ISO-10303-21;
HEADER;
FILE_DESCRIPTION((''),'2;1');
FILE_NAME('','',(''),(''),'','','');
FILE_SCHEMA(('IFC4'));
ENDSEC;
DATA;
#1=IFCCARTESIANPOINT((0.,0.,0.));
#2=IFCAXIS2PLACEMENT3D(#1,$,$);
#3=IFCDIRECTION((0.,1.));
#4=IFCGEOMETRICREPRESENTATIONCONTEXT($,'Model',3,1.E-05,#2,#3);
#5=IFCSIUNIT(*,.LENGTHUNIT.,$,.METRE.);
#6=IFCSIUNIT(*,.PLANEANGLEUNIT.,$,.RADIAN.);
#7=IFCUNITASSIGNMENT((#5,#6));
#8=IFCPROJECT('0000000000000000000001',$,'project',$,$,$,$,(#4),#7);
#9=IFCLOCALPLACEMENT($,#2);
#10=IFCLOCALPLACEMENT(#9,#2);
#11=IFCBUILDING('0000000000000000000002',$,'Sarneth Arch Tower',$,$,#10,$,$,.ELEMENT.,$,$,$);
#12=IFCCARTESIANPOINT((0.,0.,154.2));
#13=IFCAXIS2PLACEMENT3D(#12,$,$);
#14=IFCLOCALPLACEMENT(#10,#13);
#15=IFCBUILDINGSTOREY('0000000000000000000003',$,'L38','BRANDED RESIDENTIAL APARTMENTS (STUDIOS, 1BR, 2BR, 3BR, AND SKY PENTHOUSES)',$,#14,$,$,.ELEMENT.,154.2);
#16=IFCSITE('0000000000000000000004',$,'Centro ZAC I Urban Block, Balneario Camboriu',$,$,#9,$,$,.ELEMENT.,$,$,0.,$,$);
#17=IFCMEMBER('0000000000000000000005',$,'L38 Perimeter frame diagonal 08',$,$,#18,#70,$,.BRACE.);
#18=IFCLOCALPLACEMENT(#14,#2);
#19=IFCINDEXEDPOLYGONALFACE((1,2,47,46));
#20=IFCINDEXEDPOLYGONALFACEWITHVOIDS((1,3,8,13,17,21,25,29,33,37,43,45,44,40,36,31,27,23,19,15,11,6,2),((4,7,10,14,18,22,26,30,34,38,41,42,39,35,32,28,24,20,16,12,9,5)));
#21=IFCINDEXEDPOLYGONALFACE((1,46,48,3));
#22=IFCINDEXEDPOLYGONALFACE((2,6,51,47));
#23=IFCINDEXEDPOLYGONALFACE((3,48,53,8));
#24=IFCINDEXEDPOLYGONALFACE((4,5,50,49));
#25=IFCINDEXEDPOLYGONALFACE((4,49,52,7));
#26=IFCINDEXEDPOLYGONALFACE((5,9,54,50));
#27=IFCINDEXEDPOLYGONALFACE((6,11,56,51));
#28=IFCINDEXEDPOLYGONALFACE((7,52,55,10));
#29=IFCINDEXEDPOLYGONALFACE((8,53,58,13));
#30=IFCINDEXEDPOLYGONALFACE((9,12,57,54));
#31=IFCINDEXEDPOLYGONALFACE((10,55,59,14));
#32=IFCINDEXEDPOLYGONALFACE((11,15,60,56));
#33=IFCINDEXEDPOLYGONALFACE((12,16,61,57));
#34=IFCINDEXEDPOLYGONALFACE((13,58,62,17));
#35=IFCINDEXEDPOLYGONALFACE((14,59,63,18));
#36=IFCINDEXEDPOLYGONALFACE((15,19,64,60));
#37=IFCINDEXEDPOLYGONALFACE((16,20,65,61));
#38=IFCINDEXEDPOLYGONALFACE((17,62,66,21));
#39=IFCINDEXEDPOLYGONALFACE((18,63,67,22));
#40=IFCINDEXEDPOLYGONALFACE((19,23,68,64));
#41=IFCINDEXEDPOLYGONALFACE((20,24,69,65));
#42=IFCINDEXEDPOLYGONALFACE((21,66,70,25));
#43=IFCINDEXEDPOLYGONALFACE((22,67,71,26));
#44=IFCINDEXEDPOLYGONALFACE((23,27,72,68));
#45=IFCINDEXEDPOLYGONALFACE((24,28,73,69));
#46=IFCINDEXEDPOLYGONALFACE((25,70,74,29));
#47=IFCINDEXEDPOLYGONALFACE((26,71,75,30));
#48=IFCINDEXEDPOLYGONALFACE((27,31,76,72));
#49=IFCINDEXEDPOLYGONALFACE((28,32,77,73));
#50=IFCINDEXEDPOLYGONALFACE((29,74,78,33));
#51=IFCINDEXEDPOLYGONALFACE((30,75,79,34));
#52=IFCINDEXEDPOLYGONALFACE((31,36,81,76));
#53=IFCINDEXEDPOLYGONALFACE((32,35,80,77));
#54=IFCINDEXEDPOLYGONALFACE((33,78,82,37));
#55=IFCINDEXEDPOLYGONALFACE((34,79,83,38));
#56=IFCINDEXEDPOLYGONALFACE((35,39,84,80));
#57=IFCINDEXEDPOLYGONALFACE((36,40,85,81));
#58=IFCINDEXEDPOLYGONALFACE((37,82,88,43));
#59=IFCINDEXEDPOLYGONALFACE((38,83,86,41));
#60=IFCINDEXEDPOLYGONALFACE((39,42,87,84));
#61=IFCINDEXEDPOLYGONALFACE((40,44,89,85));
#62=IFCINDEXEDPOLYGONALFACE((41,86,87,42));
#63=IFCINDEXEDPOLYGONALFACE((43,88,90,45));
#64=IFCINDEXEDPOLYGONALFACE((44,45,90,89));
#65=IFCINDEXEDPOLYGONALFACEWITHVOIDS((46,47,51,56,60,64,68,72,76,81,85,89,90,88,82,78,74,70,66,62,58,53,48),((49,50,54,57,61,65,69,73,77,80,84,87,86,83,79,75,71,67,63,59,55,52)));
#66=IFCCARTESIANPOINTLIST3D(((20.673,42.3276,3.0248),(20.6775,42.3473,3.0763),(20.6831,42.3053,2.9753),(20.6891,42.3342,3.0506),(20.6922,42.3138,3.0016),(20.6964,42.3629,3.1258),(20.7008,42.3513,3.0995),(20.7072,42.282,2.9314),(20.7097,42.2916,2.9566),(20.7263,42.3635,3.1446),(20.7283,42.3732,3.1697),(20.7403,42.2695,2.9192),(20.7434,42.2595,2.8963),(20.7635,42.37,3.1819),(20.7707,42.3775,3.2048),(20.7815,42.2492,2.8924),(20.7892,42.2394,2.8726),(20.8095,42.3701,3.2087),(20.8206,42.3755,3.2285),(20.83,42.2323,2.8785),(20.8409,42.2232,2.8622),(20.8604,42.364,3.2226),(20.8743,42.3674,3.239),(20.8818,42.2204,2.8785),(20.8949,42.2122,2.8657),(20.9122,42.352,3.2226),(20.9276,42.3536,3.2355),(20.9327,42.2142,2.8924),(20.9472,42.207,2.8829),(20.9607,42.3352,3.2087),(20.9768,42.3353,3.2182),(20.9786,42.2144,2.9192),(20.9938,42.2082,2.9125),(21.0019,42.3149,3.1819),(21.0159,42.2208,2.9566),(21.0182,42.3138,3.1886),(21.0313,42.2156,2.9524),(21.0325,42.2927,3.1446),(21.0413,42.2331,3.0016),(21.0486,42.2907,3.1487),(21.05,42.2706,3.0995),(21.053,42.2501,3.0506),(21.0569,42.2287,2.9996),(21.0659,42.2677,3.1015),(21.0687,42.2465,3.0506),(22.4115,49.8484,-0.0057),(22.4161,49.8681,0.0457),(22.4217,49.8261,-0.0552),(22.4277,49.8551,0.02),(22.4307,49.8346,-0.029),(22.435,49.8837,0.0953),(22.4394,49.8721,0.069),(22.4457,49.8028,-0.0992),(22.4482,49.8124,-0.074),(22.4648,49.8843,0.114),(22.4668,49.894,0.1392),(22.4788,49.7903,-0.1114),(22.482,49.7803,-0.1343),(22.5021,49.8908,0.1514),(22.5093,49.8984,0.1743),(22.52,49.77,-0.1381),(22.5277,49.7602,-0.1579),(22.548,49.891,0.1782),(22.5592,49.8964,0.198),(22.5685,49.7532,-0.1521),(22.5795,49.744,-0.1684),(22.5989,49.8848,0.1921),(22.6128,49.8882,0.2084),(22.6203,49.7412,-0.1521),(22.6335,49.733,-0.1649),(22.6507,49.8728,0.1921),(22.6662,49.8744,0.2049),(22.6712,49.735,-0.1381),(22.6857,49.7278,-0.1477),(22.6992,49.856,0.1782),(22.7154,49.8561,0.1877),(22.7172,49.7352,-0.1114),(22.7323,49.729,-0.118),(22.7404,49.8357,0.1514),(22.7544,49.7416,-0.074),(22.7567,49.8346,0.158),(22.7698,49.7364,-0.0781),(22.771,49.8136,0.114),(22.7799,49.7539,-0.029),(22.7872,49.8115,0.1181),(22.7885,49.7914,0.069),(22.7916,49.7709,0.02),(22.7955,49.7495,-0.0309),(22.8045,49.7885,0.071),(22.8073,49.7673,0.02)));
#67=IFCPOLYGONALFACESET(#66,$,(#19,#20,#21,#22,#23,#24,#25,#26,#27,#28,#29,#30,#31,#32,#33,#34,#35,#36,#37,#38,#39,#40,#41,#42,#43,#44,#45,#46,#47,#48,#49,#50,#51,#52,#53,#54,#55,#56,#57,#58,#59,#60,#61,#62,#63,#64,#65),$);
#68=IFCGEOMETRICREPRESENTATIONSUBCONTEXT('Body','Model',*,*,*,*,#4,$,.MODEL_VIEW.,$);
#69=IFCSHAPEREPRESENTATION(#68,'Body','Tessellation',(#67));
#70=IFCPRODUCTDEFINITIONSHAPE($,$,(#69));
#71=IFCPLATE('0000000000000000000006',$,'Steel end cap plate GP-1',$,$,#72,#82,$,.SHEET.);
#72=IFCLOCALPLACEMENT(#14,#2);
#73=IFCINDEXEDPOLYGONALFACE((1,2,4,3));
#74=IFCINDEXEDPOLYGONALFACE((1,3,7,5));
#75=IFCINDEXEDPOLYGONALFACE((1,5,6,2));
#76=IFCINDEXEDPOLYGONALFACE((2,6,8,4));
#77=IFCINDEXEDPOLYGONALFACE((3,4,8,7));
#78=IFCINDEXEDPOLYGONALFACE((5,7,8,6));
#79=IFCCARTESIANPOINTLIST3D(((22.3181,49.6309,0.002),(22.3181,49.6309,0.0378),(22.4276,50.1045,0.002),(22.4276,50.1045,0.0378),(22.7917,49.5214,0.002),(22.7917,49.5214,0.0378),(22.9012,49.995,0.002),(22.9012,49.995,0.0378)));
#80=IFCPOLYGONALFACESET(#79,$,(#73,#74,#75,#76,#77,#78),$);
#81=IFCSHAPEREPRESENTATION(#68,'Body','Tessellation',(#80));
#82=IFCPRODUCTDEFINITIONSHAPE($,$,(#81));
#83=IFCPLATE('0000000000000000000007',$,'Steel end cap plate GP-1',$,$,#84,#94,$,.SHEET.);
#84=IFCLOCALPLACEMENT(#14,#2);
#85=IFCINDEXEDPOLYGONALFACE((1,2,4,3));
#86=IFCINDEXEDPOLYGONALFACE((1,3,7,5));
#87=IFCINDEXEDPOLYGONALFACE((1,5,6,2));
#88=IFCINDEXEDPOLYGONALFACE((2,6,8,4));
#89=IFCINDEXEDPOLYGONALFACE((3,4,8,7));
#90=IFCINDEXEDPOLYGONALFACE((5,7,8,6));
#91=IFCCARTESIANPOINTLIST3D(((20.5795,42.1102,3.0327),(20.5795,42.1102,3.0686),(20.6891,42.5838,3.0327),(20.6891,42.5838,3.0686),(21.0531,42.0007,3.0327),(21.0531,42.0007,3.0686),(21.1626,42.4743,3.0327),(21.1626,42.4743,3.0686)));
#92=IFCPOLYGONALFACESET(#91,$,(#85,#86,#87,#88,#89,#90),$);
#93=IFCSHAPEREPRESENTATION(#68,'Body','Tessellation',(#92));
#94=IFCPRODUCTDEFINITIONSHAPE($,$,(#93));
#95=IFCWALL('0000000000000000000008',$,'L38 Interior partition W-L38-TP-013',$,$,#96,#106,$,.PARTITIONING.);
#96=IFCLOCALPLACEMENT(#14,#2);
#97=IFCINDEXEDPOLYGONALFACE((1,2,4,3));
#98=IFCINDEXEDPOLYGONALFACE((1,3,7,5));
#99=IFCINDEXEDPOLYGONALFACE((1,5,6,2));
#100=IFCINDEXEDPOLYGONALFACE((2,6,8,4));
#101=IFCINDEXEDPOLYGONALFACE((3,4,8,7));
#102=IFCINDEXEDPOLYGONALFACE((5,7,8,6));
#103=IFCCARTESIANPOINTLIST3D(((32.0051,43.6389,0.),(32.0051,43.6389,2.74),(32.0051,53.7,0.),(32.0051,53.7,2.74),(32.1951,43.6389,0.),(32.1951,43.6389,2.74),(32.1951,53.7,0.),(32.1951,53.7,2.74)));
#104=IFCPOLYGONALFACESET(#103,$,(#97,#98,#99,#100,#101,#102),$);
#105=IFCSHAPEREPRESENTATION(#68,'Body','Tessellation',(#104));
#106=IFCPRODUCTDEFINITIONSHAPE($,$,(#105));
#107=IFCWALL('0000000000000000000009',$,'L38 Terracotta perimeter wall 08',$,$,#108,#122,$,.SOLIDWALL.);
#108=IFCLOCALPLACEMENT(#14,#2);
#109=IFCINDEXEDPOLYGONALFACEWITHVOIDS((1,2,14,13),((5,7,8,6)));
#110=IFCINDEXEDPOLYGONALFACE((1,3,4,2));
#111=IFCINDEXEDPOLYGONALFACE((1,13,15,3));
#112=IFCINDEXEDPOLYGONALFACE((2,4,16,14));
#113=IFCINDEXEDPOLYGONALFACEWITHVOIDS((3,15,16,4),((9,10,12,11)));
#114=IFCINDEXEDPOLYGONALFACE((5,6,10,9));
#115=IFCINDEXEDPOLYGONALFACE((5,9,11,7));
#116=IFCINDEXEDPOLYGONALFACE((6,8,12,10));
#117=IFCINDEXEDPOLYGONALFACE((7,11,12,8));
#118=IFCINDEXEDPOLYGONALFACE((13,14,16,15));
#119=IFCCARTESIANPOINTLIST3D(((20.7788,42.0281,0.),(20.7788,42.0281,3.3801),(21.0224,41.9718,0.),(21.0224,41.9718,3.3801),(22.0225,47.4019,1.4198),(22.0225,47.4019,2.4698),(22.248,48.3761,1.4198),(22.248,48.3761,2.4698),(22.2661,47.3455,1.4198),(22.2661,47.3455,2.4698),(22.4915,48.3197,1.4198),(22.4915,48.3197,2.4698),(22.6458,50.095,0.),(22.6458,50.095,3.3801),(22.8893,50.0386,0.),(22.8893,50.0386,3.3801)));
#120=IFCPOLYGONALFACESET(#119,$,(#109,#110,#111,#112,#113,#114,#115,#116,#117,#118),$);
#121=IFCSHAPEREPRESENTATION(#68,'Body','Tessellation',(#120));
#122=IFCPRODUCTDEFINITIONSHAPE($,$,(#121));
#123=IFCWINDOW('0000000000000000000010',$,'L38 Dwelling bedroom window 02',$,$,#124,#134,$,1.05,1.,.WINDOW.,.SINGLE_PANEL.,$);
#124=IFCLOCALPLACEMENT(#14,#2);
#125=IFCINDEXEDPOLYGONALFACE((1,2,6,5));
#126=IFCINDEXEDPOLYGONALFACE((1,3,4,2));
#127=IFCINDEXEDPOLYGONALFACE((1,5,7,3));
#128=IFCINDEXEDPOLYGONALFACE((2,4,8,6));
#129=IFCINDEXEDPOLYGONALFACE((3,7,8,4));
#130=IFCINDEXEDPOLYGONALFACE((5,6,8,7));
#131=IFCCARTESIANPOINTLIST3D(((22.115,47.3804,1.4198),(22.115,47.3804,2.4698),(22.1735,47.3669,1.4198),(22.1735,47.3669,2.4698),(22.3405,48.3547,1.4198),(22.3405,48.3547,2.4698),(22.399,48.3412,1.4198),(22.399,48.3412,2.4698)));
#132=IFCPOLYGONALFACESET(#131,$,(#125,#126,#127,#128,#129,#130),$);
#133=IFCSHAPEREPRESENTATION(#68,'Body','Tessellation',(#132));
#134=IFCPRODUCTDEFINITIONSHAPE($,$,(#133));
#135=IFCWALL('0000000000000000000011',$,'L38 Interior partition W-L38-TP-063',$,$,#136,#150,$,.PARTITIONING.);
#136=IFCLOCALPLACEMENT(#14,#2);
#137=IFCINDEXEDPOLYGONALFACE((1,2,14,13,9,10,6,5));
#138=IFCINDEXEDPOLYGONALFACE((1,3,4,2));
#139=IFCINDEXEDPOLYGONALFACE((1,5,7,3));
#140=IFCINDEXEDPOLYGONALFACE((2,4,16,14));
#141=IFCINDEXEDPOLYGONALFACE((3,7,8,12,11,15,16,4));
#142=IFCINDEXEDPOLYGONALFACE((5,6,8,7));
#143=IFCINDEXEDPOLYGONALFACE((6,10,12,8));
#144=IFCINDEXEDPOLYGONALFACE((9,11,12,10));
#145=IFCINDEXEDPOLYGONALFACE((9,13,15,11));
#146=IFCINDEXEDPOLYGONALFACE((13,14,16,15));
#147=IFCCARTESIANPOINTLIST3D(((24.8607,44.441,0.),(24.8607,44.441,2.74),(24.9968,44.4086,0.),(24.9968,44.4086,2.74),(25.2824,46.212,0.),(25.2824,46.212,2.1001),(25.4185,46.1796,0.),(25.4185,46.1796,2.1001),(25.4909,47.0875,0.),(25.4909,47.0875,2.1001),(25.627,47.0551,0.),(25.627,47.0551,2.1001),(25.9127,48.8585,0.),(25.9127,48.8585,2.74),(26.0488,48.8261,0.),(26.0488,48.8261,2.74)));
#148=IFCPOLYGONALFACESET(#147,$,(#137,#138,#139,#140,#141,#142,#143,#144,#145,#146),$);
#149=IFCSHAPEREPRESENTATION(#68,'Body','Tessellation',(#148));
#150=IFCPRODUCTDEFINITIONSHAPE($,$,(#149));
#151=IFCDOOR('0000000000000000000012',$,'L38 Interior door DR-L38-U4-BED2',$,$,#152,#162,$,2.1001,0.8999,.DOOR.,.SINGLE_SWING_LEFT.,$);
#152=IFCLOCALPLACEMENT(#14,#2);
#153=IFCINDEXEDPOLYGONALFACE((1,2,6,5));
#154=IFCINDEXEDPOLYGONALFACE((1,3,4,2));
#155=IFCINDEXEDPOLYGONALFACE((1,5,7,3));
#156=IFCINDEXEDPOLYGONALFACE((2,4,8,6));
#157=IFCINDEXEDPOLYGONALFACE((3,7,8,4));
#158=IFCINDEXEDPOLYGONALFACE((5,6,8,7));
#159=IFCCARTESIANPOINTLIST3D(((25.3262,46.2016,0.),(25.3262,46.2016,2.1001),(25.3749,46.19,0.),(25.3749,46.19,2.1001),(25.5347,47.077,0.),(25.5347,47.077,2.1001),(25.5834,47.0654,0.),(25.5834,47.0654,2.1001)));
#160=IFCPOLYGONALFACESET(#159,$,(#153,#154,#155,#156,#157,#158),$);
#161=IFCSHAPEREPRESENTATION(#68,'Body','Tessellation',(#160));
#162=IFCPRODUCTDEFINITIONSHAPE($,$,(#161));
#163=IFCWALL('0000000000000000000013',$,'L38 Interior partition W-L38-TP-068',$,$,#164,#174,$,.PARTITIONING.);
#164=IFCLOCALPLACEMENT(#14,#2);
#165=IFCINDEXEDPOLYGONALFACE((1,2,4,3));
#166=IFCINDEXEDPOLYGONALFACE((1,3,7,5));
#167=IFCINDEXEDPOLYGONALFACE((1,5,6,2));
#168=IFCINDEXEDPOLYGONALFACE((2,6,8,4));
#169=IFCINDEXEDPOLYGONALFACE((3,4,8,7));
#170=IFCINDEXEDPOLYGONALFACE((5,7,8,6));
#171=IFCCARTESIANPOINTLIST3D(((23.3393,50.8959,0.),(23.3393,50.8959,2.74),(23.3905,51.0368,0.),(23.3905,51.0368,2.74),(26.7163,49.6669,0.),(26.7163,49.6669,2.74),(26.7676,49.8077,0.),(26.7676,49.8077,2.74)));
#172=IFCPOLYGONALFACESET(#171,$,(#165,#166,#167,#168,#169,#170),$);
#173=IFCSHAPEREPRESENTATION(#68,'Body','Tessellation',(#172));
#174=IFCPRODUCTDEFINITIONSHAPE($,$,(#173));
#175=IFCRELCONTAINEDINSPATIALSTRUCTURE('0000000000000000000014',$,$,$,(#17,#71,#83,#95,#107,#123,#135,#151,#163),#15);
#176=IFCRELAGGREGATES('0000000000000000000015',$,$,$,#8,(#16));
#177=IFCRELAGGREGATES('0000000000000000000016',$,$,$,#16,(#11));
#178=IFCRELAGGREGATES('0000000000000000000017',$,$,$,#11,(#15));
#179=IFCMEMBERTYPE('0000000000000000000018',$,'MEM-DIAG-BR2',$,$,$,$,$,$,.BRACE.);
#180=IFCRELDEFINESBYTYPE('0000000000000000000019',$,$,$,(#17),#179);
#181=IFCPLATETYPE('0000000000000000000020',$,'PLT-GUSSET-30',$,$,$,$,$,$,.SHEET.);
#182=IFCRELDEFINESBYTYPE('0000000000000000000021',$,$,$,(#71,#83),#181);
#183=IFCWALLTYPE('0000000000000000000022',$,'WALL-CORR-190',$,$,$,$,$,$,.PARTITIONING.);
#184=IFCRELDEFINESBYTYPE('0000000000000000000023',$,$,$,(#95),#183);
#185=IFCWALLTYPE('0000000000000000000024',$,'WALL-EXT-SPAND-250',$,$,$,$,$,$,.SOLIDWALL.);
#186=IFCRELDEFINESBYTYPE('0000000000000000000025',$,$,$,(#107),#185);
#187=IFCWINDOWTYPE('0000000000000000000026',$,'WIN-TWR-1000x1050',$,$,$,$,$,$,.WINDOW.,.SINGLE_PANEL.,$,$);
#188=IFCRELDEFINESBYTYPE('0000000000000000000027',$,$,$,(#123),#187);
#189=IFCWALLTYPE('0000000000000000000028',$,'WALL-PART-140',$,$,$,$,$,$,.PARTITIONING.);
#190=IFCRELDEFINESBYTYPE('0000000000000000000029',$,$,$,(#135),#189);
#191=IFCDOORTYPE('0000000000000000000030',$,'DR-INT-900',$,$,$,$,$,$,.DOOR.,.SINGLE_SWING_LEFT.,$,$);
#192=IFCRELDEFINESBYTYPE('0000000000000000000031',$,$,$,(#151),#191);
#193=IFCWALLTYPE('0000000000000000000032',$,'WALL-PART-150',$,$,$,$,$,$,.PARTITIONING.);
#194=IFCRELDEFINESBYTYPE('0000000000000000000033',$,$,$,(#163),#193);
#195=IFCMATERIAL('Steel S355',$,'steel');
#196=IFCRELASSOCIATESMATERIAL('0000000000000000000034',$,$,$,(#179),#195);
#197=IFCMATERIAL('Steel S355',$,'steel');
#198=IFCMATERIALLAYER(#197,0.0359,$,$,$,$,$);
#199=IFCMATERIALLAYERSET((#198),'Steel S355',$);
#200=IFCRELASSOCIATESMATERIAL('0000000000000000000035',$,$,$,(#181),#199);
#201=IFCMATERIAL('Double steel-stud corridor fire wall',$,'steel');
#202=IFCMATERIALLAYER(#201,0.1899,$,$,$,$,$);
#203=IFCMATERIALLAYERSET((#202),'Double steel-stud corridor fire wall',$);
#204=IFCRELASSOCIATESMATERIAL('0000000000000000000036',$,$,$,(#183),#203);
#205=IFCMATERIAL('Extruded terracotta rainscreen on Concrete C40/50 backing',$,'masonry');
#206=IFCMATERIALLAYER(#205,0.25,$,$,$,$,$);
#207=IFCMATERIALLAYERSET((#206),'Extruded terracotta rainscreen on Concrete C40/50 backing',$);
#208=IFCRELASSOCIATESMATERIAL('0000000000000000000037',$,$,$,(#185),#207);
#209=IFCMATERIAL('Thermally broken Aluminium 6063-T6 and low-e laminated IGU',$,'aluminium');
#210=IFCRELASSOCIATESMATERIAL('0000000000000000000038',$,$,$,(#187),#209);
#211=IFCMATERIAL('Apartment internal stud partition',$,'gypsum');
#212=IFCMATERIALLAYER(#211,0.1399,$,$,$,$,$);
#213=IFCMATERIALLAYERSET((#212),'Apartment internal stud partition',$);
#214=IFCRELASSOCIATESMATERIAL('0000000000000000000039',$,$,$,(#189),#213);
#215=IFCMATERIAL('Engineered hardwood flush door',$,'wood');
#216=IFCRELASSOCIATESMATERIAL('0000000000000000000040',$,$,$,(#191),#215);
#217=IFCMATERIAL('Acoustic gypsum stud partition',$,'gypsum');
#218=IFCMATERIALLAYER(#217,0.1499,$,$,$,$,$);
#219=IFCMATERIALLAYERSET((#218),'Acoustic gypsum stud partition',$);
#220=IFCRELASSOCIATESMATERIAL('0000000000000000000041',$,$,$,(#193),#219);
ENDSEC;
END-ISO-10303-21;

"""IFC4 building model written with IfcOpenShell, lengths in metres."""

from ifc_helpers import new_model, si_unit, direction, frame, frame_2d, origin, origin_2d, place, context, subcontext, project, spatial, rectangle, hollow_circle, extrude, material, layer, layer_set, material_profile, profile_set, type_object, element, fill, save


model = new_model("IFC4")

# Units and contexts
model_context = context("Model", 3, precision=1e-05, world=origin(), true_north=direction((0.0, 1.0)))
body_context = subcontext(model_context, "Body", "Model", "MODEL_VIEW")
ifc_project = project(units=[si_unit("LENGTHUNIT", "METRE"), si_unit("PLANEANGLEUNIT", "RADIAN")], contexts=[model_context])

# Site, building, storey
site_placement = place(None, origin())
site = spatial("IfcSite", under=ifc_project, at=site_placement, Name="Centro ZAC I Urban Block, Balneario Camboriu", CompositionType="ELEMENT", RefElevation=0.0)
building_placement = place(site_placement, origin())
building = spatial("IfcBuilding", under=site, at=building_placement, Name="Sarneth Arch Tower", CompositionType="ELEMENT")
storey_placement = place(building_placement, frame((0.0, 0.0, 154.2)))
storey = spatial("IfcBuildingStorey", under=building, at=storey_placement, Name="L38", Description="BRANDED RESIDENTIAL APARTMENTS (STUDIOS, 1BR, 2BR, 3BR, AND SKY PENTHOUSES)", CompositionType="ELEMENT", Elevation=154.2)

# Member
ifc_material_1 = material(Name="Steel S355", Category="steel")
ifc_material_profile_1 = material_profile(ifc_material_1, hollow_circle(Radius=0.2029, WallThickness=0.0161, at=origin_2d()), Name="CHS406x16")
ifc_profile_set_1 = profile_set([ifc_material_profile_1], Name="Steel S355")
member_type_1 = type_object("IfcMemberType", Name="MEM-DIAG-BR2", PredefinedType="BRACE", material=ifc_profile_set_1)
member_1_placement = place(storey_placement, frame((22.6096, 49.813, 0.02), z_axis=(-0.209646, -0.906917, 0.365446), x_axis=(0.974307, -0.225224, 0.0)))
element("IfcMember", 1, at=member_1_placement, inside=storey, type_object=member_type_1, Name="L38 Perimeter frame diagonal 08", PredefinedType="BRACE", context=body_context, shape_type="SweptSolid", body=[
    extrude(hollow_circle(Radius=0.2029, WallThickness=0.0161, at=origin_2d()), origin(), (0.0, 0.0, 1.0), 8.2927),
])

# Plates
ifc_material_2 = material(Name="Steel S355", Category="steel")
ifc_layer_1 = layer(ifc_material_2, 0.0359)
ifc_layer_set_1 = layer_set([ifc_layer_1], Name="Steel S355")
plate_type = type_object("IfcPlateType", Name="PLT-GUSSET-30", PredefinedType="SHEET", material=ifc_layer_set_1)
for number, where, z_axis, x_axis, name in (
    (2, (22.6096, 49.813, 0.002), (0.0, 0.0, 1.0), (-0.225291, -0.974291, 0.0), "Steel end cap plate GP-1"),
    (3, (20.8711, 42.2922, 3.0327), (0.0, 0.0, 1.0), (-0.225291, -0.974291, 0.0), "Steel end cap plate GP-1"),
):
    element("IfcPlate", number, at=place(storey_placement, frame(where, z_axis=z_axis, x_axis=x_axis)), inside=storey, type_object=plate_type, Name=name, PredefinedType="SHEET", context=body_context, shape_type="SweptSolid", body=[
        extrude(rectangle(XDim=0.4861, YDim=0.4861, at=origin_2d()), origin(), (0.0, 0.0, 1.0), 0.0359),
    ])

# Wall
ifc_material_3 = material(Name="Double steel-stud corridor fire wall", Category="steel")
ifc_layer_2 = layer(ifc_material_3, 0.1899)
ifc_layer_set_2 = layer_set([ifc_layer_2], Name="Double steel-stud corridor fire wall")
wall_type_1 = type_object("IfcWallType", Name="WALL-CORR-190", PredefinedType="PARTITIONING", material=ifc_layer_set_2)
wall_1_placement = place(storey_placement, frame((32.1001, 43.6389, 0.0), z_axis=(0.0, 0.0, 1.0), x_axis=(0.0, 1.0, 0.0)))
element("IfcWall", 4, at=wall_1_placement, inside=storey, type_object=wall_type_1, Name="L38 Interior partition W-L38-TP-013", PredefinedType="PARTITIONING", context=body_context, shape_type="SweptSolid", body=[
    extrude(rectangle(XDim=10.061, YDim=0.1899, at=frame_2d((5.0305, 0.0))), origin(), (0.0, 0.0, 1.0), 2.74),
])

# Wall, opening, window
ifc_material_4 = material(Name="Extruded terracotta rainscreen on Concrete C40/50 backing", Category="masonry")
ifc_layer_3 = layer(ifc_material_4, 0.25)
ifc_layer_set_3 = layer_set([ifc_layer_3], Name="Extruded terracotta rainscreen on Concrete C40/50 backing")
wall_type_2 = type_object("IfcWallType", Name="WALL-EXT-SPAND-250", PredefinedType="SOLIDWALL", material=ifc_layer_set_3)
wall_2_placement = place(storey_placement, frame((22.7676, 50.0669, 0.0), z_axis=(0.0, 0.0, 1.0), x_axis=(-0.225473, -0.974249, 0.0)))
wall_2 = element("IfcWall", 5, at=wall_2_placement, inside=storey, type_object=wall_type_2, Name="L38 Terracotta perimeter wall 08", PredefinedType="SOLIDWALL", context=body_context, shape_type="SweptSolid", body=[
    extrude(rectangle(XDim=8.28, YDim=0.25, at=frame_2d((4.1401, 0.0))), origin(), (0.0, 0.0, 1.0), 3.3801),
])
opening_1_placement = place(wall_2_placement, frame((1.7644, 0.0, 1.4199)))
opening_1 = element("IfcOpeningElement", 6, at=opening_1_placement, cuts=wall_2, PredefinedType="OPENING", context=body_context, shape_type="SweptSolid", body=[
    extrude(rectangle(XDim=1.0, YDim=1.05, at=frame_2d((0.5, 0.5249))), frame((0.0, 0.135, 0.0), z_axis=(0.0, -1.0, 0.0), x_axis=(1.0, 0.0, 0.0)), (0.0, 0.0, 1.0), 0.27),
])
ifc_material_5 = material(Name="Thermally broken Aluminium 6063-T6 and low-e laminated IGU", Category="aluminium")
window_type = type_object("IfcWindowType", Name="WIN-TWR-1000x1050", PartitioningType="SINGLE_PANEL", PredefinedType="WINDOW", material=ifc_material_5)
window_placement = place(opening_1_placement, origin())
window = element("IfcWindow", 7, at=window_placement, inside=storey, type_object=window_type, Name="L38 Dwelling bedroom window 02", OverallHeight=1.05, OverallWidth=1.0, PartitioningType="SINGLE_PANEL", PredefinedType="WINDOW", context=body_context, shape_type="SweptSolid", body=[
    extrude(rectangle(XDim=1.0, YDim=1.05, at=frame_2d((0.5, 0.5249))), frame((0.0, 0.03, 0.0), z_axis=(0.0, -1.0, 0.0), x_axis=(1.0, 0.0, 0.0)), (0.0, 0.0, 1.0), 0.0601),
])
fill(opening_1, window)

# Wall, opening, door
ifc_material_6 = material(Name="Apartment internal stud partition", Category="gypsum")
ifc_layer_4 = layer(ifc_material_6, 0.1399)
ifc_layer_set_4 = layer_set([ifc_layer_4], Name="Apartment internal stud partition")
wall_type_3 = type_object("IfcWallType", Name="WALL-PART-140", PredefinedType="PARTITIONING", material=ifc_layer_set_4)
wall_3_placement = place(storey_placement, frame((24.9287, 44.4248, 0.0), z_axis=(0.0, 0.0, 1.0), x_axis=(0.231667, 0.972795, 0.0)))
wall_3 = element("IfcWall", 8, at=wall_3_placement, inside=storey, type_object=wall_type_3, Name="L38 Interior partition W-L38-TP-063", PredefinedType="PARTITIONING", context=body_context, shape_type="SweptSolid", body=[
    extrude(rectangle(XDim=4.541, YDim=0.1399, at=frame_2d((2.2705, 0.0))), origin(), (0.0, 0.0, 1.0), 2.74),
])
opening_2_placement = place(wall_3_placement, frame((1.8206, 0.0, 0.0)))
opening_2 = element("IfcOpeningElement", 9, at=opening_2_placement, cuts=wall_3, PredefinedType="OPENING", context=body_context, shape_type="SweptSolid", body=[
    extrude(rectangle(XDim=0.8999, YDim=2.1001, at=frame_2d((0.45, 1.05))), frame((0.0, 0.0798, 0.0), z_axis=(0.0, -1.0, 0.0), x_axis=(1.0, 0.0, 0.0)), (0.0, 0.0, 1.0), 0.1599),
])
ifc_material_7 = material(Name="Engineered hardwood flush door", Category="wood")
door_type_1 = type_object("IfcDoorType", Name="DR-INT-900", OperationType="SINGLE_SWING_LEFT", PredefinedType="DOOR", material=ifc_material_7)
door_1_placement = place(opening_2_placement, origin())
door_1 = element("IfcDoor", 10, at=door_1_placement, inside=storey, type_object=door_type_1, Name="L38 Interior door DR-L38-U4-BED2", OperationType="SINGLE_SWING_LEFT", OverallHeight=2.1001, OverallWidth=0.8999, PredefinedType="DOOR", context=body_context, shape_type="SweptSolid", body=[
    extrude(rectangle(XDim=0.8999, YDim=2.1001, at=frame_2d((0.45, 1.05))), frame((0.0, 0.0249, 0.0), z_axis=(0.0, -1.0, 0.0), x_axis=(1.0, 0.0, 0.0)), (0.0, 0.0, 1.0), 0.05),
])
fill(opening_2, door_1)

# Wall
ifc_material_8 = material(Name="Acoustic gypsum stud partition", Category="gypsum")
ifc_layer_5 = layer(ifc_material_8, 0.1499)
ifc_layer_set_5 = layer_set([ifc_layer_5], Name="Acoustic gypsum stud partition")
wall_type_4 = type_object("IfcWallType", Name="WALL-PART-150", PredefinedType="PARTITIONING", material=ifc_layer_set_5)
wall_4_placement = place(storey_placement, frame((26.7419, 49.7373, 0.0), z_axis=(0.0, 0.0, 1.0), x_axis=(-0.939702, 0.341994, 0.0)))
element("IfcWall", 11, at=wall_4_placement, inside=storey, type_object=wall_type_4, Name="L38 Interior partition W-L38-TP-068", PredefinedType="PARTITIONING", context=body_context, shape_type="SweptSolid", body=[
    extrude(rectangle(XDim=3.5938, YDim=0.1499, at=frame_2d((1.7969, 0.0))), origin(), (0.0, 0.0, 1.0), 2.74),
])

save(model, "model.ifc")
